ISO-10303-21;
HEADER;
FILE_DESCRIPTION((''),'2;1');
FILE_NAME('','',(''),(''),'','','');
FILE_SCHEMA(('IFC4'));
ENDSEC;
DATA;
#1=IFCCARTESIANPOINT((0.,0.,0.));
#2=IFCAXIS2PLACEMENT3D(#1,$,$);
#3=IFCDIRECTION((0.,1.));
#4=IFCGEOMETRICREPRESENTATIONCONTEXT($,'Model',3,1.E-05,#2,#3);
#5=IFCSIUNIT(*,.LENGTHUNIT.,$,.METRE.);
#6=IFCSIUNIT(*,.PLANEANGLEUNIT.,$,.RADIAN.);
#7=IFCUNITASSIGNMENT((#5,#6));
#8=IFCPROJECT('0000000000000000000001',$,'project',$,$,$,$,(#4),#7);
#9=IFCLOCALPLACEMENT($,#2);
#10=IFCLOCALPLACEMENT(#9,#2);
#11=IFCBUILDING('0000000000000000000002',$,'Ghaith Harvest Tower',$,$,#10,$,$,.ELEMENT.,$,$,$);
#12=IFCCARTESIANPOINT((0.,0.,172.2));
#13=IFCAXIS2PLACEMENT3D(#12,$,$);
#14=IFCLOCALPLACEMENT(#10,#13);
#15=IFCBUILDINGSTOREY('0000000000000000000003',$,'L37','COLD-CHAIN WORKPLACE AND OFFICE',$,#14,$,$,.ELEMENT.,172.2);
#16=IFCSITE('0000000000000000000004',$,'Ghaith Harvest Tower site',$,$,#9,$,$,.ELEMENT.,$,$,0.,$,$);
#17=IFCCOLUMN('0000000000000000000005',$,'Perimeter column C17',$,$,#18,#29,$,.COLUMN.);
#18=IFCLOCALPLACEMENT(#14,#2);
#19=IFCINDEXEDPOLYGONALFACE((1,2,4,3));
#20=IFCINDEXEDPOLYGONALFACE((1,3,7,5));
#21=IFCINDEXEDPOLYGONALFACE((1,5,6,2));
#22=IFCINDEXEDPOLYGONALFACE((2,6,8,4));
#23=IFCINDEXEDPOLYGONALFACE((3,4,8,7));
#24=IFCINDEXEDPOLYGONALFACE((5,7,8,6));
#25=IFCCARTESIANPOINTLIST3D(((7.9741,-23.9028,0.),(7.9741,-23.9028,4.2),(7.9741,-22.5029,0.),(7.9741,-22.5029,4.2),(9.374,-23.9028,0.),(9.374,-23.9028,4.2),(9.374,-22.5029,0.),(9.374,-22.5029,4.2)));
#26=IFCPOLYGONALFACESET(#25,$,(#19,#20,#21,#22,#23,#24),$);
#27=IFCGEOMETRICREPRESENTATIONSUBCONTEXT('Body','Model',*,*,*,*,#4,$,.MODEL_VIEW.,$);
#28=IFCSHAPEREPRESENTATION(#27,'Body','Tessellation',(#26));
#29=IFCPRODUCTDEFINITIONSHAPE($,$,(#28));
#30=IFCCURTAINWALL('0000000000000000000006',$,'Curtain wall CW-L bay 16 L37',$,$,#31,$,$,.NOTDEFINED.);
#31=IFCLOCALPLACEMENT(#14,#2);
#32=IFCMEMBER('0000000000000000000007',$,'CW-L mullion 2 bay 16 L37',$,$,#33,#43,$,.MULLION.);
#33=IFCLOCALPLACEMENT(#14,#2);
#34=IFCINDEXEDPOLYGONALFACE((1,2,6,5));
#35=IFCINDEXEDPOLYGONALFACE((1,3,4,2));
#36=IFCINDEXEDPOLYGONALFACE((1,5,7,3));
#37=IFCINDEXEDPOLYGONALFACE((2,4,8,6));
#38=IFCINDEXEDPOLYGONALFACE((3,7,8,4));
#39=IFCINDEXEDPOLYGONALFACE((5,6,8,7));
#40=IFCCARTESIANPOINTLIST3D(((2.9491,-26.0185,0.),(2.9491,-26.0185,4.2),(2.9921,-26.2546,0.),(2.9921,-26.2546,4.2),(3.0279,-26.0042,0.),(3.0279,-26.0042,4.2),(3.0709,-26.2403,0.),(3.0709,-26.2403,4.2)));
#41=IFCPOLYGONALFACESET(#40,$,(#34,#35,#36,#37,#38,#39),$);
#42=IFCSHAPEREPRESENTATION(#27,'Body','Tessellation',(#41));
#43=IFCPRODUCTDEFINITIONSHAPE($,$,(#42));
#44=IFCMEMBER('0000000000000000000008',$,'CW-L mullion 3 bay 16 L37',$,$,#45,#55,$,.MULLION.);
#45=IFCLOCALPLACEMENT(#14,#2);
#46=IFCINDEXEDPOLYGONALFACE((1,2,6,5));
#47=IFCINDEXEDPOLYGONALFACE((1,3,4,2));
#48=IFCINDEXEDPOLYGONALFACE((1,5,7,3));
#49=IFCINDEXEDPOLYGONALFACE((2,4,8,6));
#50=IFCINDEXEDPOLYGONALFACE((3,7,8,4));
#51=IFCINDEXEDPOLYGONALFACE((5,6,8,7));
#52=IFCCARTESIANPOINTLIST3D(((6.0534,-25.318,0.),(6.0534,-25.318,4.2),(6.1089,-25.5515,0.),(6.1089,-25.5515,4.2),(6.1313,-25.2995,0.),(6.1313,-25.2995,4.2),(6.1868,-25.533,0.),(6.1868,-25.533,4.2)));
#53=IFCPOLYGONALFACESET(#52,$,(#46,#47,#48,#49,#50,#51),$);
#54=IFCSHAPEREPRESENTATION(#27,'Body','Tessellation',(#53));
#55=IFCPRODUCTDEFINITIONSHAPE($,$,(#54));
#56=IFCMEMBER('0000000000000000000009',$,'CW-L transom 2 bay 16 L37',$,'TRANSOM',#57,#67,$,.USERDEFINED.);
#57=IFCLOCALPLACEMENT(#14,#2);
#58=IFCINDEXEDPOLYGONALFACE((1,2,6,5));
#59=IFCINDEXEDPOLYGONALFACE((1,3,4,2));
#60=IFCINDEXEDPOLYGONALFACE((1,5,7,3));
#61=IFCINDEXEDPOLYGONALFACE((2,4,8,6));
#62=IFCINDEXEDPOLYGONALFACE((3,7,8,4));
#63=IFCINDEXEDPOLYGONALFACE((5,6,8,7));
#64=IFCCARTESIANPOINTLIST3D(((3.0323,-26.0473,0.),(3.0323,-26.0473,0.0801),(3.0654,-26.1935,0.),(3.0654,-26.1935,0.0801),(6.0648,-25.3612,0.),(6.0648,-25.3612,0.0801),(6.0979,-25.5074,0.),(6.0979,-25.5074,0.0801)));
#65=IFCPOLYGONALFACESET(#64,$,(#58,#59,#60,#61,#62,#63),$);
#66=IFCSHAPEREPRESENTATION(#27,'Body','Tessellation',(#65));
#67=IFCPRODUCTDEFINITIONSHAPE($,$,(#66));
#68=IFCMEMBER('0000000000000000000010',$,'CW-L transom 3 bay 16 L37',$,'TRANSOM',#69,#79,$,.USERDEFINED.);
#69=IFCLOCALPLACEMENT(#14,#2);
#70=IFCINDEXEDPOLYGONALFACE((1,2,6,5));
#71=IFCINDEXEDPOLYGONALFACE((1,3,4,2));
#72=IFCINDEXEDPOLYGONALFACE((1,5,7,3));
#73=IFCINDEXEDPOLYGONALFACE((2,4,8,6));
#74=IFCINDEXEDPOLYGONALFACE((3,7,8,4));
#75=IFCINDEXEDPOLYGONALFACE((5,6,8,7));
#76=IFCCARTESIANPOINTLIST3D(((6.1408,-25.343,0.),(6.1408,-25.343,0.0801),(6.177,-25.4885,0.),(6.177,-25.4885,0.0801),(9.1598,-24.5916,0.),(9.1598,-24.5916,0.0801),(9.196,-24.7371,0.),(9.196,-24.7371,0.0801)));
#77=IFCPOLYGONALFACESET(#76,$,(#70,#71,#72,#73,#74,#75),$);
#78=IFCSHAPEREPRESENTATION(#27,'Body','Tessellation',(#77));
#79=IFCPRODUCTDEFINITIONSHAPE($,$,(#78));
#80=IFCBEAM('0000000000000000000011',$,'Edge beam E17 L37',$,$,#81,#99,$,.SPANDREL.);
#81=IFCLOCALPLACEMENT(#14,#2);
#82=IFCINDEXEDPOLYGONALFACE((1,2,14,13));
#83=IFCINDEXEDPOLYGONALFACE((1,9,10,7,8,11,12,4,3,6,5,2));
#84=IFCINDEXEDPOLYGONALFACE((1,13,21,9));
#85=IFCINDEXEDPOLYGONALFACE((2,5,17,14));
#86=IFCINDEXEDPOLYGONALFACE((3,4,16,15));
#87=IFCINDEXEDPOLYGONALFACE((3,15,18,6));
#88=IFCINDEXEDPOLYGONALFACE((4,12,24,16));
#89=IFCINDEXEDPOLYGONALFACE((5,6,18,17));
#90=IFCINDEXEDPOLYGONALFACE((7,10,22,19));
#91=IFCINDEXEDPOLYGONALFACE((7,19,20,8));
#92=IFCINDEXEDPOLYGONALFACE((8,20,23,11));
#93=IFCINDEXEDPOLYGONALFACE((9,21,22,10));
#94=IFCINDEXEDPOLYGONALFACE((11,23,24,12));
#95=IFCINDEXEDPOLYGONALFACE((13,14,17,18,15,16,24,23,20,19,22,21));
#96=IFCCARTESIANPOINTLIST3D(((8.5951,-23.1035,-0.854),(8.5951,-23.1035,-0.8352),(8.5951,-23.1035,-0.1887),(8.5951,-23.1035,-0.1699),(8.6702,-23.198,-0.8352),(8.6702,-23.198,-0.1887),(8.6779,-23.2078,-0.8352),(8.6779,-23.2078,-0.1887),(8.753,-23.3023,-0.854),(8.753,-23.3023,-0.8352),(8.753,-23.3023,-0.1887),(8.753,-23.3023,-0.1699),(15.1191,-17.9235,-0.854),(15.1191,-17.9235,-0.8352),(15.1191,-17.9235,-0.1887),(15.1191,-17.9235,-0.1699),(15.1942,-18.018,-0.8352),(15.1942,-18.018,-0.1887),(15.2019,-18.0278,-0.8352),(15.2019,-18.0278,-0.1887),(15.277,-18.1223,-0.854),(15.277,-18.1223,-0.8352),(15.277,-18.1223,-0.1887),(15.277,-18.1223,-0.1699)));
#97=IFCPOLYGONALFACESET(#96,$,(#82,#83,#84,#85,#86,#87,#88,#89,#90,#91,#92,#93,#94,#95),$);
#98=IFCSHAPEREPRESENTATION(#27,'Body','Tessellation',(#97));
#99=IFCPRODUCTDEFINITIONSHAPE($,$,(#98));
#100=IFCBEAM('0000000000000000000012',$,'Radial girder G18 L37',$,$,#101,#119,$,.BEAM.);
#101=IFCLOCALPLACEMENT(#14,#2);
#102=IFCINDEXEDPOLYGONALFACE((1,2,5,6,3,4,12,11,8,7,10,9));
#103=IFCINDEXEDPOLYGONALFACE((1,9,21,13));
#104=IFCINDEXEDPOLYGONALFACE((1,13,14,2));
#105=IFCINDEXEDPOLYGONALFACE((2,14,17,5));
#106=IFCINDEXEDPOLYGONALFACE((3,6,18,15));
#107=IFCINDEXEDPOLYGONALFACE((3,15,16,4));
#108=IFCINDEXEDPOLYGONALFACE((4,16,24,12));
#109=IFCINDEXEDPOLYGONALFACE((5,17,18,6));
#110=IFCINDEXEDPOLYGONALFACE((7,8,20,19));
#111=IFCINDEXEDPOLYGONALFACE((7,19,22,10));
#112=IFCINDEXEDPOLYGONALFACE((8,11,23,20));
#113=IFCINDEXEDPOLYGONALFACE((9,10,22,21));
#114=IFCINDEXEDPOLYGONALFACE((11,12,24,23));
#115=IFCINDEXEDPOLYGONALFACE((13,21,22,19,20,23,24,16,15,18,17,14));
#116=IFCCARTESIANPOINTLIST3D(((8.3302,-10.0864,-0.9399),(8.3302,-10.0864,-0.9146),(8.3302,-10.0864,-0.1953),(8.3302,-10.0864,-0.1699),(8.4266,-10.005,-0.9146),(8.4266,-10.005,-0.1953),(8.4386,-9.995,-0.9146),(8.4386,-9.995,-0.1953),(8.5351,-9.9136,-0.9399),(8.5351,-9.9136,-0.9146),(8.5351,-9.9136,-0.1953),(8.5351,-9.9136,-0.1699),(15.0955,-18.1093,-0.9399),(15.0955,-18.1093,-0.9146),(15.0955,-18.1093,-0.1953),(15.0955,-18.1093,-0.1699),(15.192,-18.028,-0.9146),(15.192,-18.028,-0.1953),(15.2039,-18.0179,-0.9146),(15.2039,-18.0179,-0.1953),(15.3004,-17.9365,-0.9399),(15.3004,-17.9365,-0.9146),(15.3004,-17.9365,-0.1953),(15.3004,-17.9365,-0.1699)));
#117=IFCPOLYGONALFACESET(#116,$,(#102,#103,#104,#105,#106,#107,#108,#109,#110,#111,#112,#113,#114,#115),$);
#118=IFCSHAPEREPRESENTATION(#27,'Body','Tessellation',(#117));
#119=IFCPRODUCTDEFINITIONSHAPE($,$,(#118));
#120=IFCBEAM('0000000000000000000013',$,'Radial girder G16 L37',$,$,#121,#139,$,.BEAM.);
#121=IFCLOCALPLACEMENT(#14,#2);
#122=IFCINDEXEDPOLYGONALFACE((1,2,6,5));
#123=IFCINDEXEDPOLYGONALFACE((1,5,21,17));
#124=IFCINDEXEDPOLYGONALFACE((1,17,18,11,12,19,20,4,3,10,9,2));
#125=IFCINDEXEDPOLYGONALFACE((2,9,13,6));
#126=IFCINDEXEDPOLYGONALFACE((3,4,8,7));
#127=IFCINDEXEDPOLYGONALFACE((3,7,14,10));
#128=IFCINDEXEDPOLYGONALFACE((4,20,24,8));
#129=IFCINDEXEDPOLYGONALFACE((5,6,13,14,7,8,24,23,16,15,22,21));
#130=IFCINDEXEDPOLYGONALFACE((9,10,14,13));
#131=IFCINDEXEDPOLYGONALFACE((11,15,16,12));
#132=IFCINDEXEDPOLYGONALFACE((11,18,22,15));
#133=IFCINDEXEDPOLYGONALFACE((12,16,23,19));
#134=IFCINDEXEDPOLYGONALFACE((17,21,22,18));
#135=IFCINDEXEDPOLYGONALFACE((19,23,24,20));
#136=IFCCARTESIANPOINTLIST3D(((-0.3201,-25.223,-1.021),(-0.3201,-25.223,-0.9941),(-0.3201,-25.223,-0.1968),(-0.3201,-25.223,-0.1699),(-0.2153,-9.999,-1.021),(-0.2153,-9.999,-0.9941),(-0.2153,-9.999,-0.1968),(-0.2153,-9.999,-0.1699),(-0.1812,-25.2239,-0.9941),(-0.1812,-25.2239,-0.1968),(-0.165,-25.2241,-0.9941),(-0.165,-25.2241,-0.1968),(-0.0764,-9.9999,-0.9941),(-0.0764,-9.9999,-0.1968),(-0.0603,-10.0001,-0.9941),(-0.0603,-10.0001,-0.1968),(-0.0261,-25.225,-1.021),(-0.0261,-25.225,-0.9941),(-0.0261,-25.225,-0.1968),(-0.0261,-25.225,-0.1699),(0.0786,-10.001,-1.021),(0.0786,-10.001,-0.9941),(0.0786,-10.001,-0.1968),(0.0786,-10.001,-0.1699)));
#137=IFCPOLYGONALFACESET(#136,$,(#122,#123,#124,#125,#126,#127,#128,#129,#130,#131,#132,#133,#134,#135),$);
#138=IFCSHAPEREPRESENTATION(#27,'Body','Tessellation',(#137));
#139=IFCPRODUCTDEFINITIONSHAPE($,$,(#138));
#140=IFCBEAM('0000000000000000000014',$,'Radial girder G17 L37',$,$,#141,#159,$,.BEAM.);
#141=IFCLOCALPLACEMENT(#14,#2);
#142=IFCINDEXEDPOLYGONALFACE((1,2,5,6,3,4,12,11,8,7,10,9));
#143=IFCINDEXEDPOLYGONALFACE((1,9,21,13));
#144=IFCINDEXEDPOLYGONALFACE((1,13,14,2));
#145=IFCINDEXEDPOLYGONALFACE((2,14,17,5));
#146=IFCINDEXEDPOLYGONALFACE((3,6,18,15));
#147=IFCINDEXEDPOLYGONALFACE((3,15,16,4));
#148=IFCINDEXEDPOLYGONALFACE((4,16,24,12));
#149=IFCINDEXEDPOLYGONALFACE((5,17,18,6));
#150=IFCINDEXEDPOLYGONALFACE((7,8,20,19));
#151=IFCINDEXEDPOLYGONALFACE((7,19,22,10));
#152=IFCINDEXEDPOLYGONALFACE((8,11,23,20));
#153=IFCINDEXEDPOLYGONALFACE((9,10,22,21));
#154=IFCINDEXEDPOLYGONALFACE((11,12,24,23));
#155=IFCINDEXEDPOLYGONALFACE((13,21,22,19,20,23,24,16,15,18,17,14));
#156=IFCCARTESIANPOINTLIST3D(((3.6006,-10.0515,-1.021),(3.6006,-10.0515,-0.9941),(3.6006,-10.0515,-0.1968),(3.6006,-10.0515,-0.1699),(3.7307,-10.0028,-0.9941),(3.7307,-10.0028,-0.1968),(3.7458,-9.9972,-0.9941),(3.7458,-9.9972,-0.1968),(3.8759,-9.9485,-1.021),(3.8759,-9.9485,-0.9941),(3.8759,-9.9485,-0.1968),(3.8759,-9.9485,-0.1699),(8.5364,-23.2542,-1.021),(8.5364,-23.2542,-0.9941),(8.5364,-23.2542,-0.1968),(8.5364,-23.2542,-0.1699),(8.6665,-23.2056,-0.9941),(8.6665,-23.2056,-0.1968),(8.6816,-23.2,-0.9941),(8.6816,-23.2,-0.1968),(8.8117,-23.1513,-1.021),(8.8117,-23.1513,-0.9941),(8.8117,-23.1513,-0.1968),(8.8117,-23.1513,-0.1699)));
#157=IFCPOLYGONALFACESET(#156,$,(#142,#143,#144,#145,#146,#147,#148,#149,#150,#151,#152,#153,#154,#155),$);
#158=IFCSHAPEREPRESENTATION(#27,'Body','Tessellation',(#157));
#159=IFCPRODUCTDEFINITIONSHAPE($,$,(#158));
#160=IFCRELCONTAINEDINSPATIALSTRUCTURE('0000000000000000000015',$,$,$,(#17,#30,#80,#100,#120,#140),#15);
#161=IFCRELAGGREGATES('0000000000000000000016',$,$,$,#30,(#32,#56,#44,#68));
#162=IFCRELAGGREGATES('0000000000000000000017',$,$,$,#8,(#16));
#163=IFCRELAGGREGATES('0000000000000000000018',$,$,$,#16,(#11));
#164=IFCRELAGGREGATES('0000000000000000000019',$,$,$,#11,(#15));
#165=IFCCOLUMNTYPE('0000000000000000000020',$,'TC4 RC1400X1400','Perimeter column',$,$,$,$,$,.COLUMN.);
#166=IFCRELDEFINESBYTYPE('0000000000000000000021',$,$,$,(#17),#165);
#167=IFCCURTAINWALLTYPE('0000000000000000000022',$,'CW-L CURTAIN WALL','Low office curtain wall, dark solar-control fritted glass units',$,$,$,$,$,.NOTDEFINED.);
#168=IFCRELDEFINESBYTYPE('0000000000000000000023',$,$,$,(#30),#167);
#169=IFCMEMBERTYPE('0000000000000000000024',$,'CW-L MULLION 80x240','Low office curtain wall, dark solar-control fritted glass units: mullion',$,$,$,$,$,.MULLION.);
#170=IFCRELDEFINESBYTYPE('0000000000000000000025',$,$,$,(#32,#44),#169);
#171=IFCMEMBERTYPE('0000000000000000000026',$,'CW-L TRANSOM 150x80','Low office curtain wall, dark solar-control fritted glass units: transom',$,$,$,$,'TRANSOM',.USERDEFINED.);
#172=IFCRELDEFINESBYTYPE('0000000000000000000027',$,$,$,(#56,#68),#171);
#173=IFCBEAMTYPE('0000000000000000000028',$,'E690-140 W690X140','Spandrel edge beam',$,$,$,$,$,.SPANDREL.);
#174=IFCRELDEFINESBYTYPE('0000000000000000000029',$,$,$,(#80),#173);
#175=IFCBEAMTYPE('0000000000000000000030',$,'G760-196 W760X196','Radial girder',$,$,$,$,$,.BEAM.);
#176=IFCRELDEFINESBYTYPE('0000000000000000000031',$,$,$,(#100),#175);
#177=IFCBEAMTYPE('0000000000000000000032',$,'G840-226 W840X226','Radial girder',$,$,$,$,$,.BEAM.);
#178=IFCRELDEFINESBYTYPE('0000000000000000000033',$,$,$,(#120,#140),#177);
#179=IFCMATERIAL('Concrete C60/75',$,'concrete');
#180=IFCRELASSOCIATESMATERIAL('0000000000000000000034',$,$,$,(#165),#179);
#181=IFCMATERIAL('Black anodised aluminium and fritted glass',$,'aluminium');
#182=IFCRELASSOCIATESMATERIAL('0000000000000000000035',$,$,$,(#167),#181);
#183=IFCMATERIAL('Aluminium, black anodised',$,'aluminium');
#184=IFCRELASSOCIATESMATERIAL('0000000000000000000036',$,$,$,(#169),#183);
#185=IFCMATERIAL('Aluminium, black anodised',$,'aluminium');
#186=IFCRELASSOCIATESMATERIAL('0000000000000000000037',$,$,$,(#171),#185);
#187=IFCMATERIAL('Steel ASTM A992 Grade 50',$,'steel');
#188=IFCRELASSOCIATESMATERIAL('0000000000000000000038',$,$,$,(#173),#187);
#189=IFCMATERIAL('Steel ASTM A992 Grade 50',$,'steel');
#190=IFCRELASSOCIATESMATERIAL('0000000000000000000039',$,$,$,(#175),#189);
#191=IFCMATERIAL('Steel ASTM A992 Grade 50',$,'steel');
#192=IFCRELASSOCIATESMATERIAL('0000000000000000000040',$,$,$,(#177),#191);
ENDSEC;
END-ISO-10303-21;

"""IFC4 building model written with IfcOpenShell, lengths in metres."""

from ifc_helpers import new_model, si_unit, direction, frame, origin, origin_2d, place, context, subcontext, project, spatial, rectangle, i_section, extrude, material, material_profile, profile_set, type_object, element, aggregate, save


model = new_model("IFC4")

# Units and contexts
model_context = context("Model", 3, precision=1e-05, world=origin(), true_north=direction((0.0, 1.0)))
body_context = subcontext(model_context, "Body", "Model", "MODEL_VIEW")
ifc_project = project(units=[si_unit("LENGTHUNIT", "METRE"), si_unit("PLANEANGLEUNIT", "RADIAN")], contexts=[model_context])

# Site, building, storey
site_placement = place(None, origin())
site = spatial("IfcSite", under=ifc_project, at=site_placement, Name="Ghaith Harvest Tower site", CompositionType="ELEMENT", RefElevation=0.0)
building_placement = place(site_placement, origin())
building = spatial("IfcBuilding", under=site, at=building_placement, Name="Ghaith Harvest Tower", CompositionType="ELEMENT")
storey_placement = place(building_placement, frame((0.0, 0.0, 172.2)))
storey = spatial("IfcBuildingStorey", under=building, at=storey_placement, Name="L37", Description="COLD-CHAIN WORKPLACE AND OFFICE", CompositionType="ELEMENT", Elevation=172.2)

# Column
ifc_material_1 = material(Name="Concrete C60/75", Category="concrete")
ifc_material_profile_1 = material_profile(ifc_material_1, rectangle(XDim=1.3999, YDim=1.3999, at=origin_2d()), Name="RC1400X1400")
ifc_profile_set_1 = profile_set([ifc_material_profile_1], Name="Concrete C60/75")
column_type = type_object("IfcColumnType", Name="TC4 RC1400X1400", Description="Perimeter column", PredefinedType="COLUMN", material=ifc_profile_set_1)
column_placement = place(storey_placement, frame((8.6741, -23.2029, 0.0), z_axis=(0.0, 0.0, 1.0), x_axis=(1.0, 0.0, 0.0)))
element("IfcColumn", 1, at=column_placement, inside=storey, type_object=column_type, Name="Perimeter column C17", PredefinedType="COLUMN", context=body_context, shape_type="SweptSolid", body=[
    extrude(rectangle(XDim=1.3999, YDim=1.3999, at=origin_2d()), origin(), (0.0, 0.0, 1.0), 4.2),
])

# Curtain wall, members
ifc_material_2 = material(Name="Black anodised aluminium and fritted glass", Category="aluminium")
curtain_wall_type = type_object("IfcCurtainWallType", Name="CW-L CURTAIN WALL", Description="Low office curtain wall, dark solar-control fritted glass units", PredefinedType="NOTDEFINED", material=ifc_material_2)
curtain_wall_placement = place(storey_placement, origin())
curtain_wall = element("IfcCurtainWall", 2, at=curtain_wall_placement, inside=storey, type_object=curtain_wall_type, Name="Curtain wall CW-L bay 16 L37", PredefinedType="NOTDEFINED")
ifc_material_3 = material(Name="Aluminium, black anodised", Category="aluminium")
ifc_material_profile_2 = material_profile(ifc_material_3, rectangle(XDim=0.0801, YDim=0.24, at=origin_2d()), Name="CW-L MULLION 80x240")
ifc_profile_set_2 = profile_set([ifc_material_profile_2], Name="Aluminium, black anodised")
member_type_1 = type_object("IfcMemberType", Name="CW-L MULLION 80x240", Description="Low office curtain wall, dark solar-control fritted glass units: mullion", PredefinedType="MULLION", material=ifc_profile_set_2)
member_1_placement = place(storey_placement, frame((3.01, -26.1294, 0.0), z_axis=(0.0, 0.0, 1.0), x_axis=(0.983806, 0.179235, 0.0)))
member_1 = element("IfcMember", 3, at=member_1_placement, type_object=member_type_1, Name="CW-L mullion 2 bay 16 L37", PredefinedType="MULLION", context=body_context, shape_type="SweptSolid", body=[
    extrude(rectangle(XDim=0.0801, YDim=0.24, at=origin_2d()), origin(), (0.0, 0.0, 1.0), 4.2),
])
member_2_placement = place(storey_placement, frame((6.1201, -25.4255, 0.0), z_axis=(0.0, 0.0, 1.0), x_axis=(0.972918, 0.23115, 0.0)))
member_2 = element("IfcMember", 4, at=member_2_placement, type_object=member_type_1, Name="CW-L mullion 3 bay 16 L37", PredefinedType="MULLION", context=body_context, shape_type="SweptSolid", body=[
    extrude(rectangle(XDim=0.0801, YDim=0.24, at=origin_2d()), origin(), (0.0, 0.0, 1.0), 4.2),
])
ifc_material_4 = material(Name="Aluminium, black anodised", Category="aluminium")
ifc_material_profile_3 = material_profile(ifc_material_4, rectangle(XDim=0.1499, YDim=0.0801, at=origin_2d()), Name="CW-L TRANSOM 150x80")
ifc_profile_set_3 = profile_set([ifc_material_profile_3], Name="Aluminium, black anodised")
member_type_2 = type_object("IfcMemberType", Name="CW-L TRANSOM 150x80", Description="Low office curtain wall, dark solar-control fritted glass units: transom", ElementType="TRANSOM", PredefinedType="USERDEFINED", material=ifc_profile_set_3)
member_3_placement = place(storey_placement, frame((3.0488, -26.1204, 0.04), z_axis=(0.975352, 0.220654, 0.0), x_axis=(-0.220654, 0.975352, 0.0)))
member_3 = element("IfcMember", 5, at=member_3_placement, type_object=member_type_2, Name="CW-L transom 2 bay 16 L37", ObjectType="TRANSOM", PredefinedType="USERDEFINED", context=body_context, shape_type="SweptSolid", body=[
    extrude(rectangle(XDim=0.1499, YDim=0.0801, at=origin_2d()), origin(), (0.0, 0.0, 1.0), 3.1091),
])
member_4_placement = place(storey_placement, frame((6.1589, -25.4158, 0.04), z_axis=(0.970391, 0.241538, 0.0), x_axis=(-0.241538, 0.970391, 0.0)))
member_4 = element("IfcMember", 6, at=member_4_placement, type_object=member_type_2, Name="CW-L transom 3 bay 16 L37", ObjectType="TRANSOM", PredefinedType="USERDEFINED", context=body_context, shape_type="SweptSolid", body=[
    extrude(rectangle(XDim=0.1499, YDim=0.0801, at=origin_2d()), origin(), (0.0, 0.0, 1.0), 3.1111),
])

# Beams
ifc_material_5 = material(Name="Steel ASTM A992 Grade 50", Category="steel")
ifc_material_profile_4 = material_profile(ifc_material_5, i_section(OverallWidth=0.2539, OverallDepth=0.6841, WebThickness=0.0125, FlangeThickness=0.0188, at=origin_2d()), Name="W690X140")
ifc_profile_set_4 = profile_set([ifc_material_profile_4], Name="Steel ASTM A992 Grade 50")
beam_type_1 = type_object("IfcBeamType", Name="E690-140 W690X140", Description="Spandrel edge beam", PredefinedType="SPANDREL", material=ifc_profile_set_4)
beam_1_placement = place(storey_placement, frame((8.6741, -23.2029, -0.512), z_axis=(0.78316, 0.621821, 0.0), x_axis=(-0.621821, 0.78316, 0.0)))
element("IfcBeam", 7, at=beam_1_placement, inside=storey, type_object=beam_type_1, Name="Edge beam E17 L37", PredefinedType="SPANDREL", context=body_context, shape_type="SweptSolid", body=[
    extrude(i_section(OverallWidth=0.2539, OverallDepth=0.6841, WebThickness=0.0125, FlangeThickness=0.0188, at=origin_2d()), origin(), (0.0, 0.0, 1.0), 8.3303),
])
ifc_material_6 = material(Name="Steel ASTM A992 Grade 50", Category="steel")
ifc_material_profile_5 = material_profile(ifc_material_6, i_section(OverallWidth=0.2681, OverallDepth=0.77, WebThickness=0.0156, FlangeThickness=0.0254, at=origin_2d()), Name="W760X196")
ifc_profile_set_5 = profile_set([ifc_material_profile_5], Name="Steel ASTM A992 Grade 50")
beam_type_2 = type_object("IfcBeamType", Name="G760-196 W760X196", Description="Radial girder", PredefinedType="BEAM", material=ifc_profile_set_5)
beam_2_placement = place(storey_placement, frame((8.4326, -10.0, -0.5549), z_axis=(0.644649, -0.764478, 0.0), x_axis=(0.764478, 0.644649, 0.0)))
element("IfcBeam", 8, at=beam_2_placement, inside=storey, type_object=beam_type_2, Name="Radial girder G18 L37", PredefinedType="BEAM", context=body_context, shape_type="SweptSolid", body=[
    extrude(i_section(OverallWidth=0.2681, OverallDepth=0.77, WebThickness=0.0156, FlangeThickness=0.0254, at=origin_2d()), origin(), (0.0, 0.0, 1.0), 10.4946),
])
ifc_material_7 = material(Name="Steel ASTM A992 Grade 50", Category="steel")
ifc_material_profile_6 = material_profile(ifc_material_7, i_section(OverallWidth=0.2939, OverallDepth=0.8511, WebThickness=0.0161, FlangeThickness=0.0269, at=origin_2d()), Name="W840X226")
ifc_profile_set_6 = profile_set([ifc_material_profile_6], Name="Steel ASTM A992 Grade 50")
beam_type_3 = type_object("IfcBeamType", Name="G840-226 W840X226", Description="Radial girder", PredefinedType="BEAM", material=ifc_profile_set_6)
beam_3_placement = place(storey_placement, frame((-0.0684, -10.0, -0.5955), z_axis=(-0.006879, -0.999976, 0.0), x_axis=(0.999976, -0.006879, 0.0)))
element("IfcBeam", 9, at=beam_3_placement, inside=storey, type_object=beam_type_3, Name="Radial girder G16 L37", PredefinedType="BEAM", context=body_context, shape_type="SweptSolid", body=[
    extrude(i_section(OverallWidth=0.2939, OverallDepth=0.8511, WebThickness=0.0161, FlangeThickness=0.0269, at=origin_2d()), origin(), (0.0, 0.0, 1.0), 15.2244),
])
beam_4_placement = place(storey_placement, frame((3.7383, -10.0, -0.5955), z_axis=(0.350172, -0.936685, 0.0), x_axis=(0.936685, 0.350172, 0.0)))
element("IfcBeam", 10, at=beam_4_placement, inside=storey, type_object=beam_type_3, Name="Radial girder G17 L37", PredefinedType="BEAM", context=body_context, shape_type="SweptSolid", body=[
    extrude(i_section(OverallWidth=0.2939, OverallDepth=0.8511, WebThickness=0.0161, FlangeThickness=0.0269, at=origin_2d()), origin(), (0.0, 0.0, 1.0), 14.0952),
])

aggregate(curtain_wall, [member_1, member_3, member_2, member_4])

save(model, "model.ifc")
